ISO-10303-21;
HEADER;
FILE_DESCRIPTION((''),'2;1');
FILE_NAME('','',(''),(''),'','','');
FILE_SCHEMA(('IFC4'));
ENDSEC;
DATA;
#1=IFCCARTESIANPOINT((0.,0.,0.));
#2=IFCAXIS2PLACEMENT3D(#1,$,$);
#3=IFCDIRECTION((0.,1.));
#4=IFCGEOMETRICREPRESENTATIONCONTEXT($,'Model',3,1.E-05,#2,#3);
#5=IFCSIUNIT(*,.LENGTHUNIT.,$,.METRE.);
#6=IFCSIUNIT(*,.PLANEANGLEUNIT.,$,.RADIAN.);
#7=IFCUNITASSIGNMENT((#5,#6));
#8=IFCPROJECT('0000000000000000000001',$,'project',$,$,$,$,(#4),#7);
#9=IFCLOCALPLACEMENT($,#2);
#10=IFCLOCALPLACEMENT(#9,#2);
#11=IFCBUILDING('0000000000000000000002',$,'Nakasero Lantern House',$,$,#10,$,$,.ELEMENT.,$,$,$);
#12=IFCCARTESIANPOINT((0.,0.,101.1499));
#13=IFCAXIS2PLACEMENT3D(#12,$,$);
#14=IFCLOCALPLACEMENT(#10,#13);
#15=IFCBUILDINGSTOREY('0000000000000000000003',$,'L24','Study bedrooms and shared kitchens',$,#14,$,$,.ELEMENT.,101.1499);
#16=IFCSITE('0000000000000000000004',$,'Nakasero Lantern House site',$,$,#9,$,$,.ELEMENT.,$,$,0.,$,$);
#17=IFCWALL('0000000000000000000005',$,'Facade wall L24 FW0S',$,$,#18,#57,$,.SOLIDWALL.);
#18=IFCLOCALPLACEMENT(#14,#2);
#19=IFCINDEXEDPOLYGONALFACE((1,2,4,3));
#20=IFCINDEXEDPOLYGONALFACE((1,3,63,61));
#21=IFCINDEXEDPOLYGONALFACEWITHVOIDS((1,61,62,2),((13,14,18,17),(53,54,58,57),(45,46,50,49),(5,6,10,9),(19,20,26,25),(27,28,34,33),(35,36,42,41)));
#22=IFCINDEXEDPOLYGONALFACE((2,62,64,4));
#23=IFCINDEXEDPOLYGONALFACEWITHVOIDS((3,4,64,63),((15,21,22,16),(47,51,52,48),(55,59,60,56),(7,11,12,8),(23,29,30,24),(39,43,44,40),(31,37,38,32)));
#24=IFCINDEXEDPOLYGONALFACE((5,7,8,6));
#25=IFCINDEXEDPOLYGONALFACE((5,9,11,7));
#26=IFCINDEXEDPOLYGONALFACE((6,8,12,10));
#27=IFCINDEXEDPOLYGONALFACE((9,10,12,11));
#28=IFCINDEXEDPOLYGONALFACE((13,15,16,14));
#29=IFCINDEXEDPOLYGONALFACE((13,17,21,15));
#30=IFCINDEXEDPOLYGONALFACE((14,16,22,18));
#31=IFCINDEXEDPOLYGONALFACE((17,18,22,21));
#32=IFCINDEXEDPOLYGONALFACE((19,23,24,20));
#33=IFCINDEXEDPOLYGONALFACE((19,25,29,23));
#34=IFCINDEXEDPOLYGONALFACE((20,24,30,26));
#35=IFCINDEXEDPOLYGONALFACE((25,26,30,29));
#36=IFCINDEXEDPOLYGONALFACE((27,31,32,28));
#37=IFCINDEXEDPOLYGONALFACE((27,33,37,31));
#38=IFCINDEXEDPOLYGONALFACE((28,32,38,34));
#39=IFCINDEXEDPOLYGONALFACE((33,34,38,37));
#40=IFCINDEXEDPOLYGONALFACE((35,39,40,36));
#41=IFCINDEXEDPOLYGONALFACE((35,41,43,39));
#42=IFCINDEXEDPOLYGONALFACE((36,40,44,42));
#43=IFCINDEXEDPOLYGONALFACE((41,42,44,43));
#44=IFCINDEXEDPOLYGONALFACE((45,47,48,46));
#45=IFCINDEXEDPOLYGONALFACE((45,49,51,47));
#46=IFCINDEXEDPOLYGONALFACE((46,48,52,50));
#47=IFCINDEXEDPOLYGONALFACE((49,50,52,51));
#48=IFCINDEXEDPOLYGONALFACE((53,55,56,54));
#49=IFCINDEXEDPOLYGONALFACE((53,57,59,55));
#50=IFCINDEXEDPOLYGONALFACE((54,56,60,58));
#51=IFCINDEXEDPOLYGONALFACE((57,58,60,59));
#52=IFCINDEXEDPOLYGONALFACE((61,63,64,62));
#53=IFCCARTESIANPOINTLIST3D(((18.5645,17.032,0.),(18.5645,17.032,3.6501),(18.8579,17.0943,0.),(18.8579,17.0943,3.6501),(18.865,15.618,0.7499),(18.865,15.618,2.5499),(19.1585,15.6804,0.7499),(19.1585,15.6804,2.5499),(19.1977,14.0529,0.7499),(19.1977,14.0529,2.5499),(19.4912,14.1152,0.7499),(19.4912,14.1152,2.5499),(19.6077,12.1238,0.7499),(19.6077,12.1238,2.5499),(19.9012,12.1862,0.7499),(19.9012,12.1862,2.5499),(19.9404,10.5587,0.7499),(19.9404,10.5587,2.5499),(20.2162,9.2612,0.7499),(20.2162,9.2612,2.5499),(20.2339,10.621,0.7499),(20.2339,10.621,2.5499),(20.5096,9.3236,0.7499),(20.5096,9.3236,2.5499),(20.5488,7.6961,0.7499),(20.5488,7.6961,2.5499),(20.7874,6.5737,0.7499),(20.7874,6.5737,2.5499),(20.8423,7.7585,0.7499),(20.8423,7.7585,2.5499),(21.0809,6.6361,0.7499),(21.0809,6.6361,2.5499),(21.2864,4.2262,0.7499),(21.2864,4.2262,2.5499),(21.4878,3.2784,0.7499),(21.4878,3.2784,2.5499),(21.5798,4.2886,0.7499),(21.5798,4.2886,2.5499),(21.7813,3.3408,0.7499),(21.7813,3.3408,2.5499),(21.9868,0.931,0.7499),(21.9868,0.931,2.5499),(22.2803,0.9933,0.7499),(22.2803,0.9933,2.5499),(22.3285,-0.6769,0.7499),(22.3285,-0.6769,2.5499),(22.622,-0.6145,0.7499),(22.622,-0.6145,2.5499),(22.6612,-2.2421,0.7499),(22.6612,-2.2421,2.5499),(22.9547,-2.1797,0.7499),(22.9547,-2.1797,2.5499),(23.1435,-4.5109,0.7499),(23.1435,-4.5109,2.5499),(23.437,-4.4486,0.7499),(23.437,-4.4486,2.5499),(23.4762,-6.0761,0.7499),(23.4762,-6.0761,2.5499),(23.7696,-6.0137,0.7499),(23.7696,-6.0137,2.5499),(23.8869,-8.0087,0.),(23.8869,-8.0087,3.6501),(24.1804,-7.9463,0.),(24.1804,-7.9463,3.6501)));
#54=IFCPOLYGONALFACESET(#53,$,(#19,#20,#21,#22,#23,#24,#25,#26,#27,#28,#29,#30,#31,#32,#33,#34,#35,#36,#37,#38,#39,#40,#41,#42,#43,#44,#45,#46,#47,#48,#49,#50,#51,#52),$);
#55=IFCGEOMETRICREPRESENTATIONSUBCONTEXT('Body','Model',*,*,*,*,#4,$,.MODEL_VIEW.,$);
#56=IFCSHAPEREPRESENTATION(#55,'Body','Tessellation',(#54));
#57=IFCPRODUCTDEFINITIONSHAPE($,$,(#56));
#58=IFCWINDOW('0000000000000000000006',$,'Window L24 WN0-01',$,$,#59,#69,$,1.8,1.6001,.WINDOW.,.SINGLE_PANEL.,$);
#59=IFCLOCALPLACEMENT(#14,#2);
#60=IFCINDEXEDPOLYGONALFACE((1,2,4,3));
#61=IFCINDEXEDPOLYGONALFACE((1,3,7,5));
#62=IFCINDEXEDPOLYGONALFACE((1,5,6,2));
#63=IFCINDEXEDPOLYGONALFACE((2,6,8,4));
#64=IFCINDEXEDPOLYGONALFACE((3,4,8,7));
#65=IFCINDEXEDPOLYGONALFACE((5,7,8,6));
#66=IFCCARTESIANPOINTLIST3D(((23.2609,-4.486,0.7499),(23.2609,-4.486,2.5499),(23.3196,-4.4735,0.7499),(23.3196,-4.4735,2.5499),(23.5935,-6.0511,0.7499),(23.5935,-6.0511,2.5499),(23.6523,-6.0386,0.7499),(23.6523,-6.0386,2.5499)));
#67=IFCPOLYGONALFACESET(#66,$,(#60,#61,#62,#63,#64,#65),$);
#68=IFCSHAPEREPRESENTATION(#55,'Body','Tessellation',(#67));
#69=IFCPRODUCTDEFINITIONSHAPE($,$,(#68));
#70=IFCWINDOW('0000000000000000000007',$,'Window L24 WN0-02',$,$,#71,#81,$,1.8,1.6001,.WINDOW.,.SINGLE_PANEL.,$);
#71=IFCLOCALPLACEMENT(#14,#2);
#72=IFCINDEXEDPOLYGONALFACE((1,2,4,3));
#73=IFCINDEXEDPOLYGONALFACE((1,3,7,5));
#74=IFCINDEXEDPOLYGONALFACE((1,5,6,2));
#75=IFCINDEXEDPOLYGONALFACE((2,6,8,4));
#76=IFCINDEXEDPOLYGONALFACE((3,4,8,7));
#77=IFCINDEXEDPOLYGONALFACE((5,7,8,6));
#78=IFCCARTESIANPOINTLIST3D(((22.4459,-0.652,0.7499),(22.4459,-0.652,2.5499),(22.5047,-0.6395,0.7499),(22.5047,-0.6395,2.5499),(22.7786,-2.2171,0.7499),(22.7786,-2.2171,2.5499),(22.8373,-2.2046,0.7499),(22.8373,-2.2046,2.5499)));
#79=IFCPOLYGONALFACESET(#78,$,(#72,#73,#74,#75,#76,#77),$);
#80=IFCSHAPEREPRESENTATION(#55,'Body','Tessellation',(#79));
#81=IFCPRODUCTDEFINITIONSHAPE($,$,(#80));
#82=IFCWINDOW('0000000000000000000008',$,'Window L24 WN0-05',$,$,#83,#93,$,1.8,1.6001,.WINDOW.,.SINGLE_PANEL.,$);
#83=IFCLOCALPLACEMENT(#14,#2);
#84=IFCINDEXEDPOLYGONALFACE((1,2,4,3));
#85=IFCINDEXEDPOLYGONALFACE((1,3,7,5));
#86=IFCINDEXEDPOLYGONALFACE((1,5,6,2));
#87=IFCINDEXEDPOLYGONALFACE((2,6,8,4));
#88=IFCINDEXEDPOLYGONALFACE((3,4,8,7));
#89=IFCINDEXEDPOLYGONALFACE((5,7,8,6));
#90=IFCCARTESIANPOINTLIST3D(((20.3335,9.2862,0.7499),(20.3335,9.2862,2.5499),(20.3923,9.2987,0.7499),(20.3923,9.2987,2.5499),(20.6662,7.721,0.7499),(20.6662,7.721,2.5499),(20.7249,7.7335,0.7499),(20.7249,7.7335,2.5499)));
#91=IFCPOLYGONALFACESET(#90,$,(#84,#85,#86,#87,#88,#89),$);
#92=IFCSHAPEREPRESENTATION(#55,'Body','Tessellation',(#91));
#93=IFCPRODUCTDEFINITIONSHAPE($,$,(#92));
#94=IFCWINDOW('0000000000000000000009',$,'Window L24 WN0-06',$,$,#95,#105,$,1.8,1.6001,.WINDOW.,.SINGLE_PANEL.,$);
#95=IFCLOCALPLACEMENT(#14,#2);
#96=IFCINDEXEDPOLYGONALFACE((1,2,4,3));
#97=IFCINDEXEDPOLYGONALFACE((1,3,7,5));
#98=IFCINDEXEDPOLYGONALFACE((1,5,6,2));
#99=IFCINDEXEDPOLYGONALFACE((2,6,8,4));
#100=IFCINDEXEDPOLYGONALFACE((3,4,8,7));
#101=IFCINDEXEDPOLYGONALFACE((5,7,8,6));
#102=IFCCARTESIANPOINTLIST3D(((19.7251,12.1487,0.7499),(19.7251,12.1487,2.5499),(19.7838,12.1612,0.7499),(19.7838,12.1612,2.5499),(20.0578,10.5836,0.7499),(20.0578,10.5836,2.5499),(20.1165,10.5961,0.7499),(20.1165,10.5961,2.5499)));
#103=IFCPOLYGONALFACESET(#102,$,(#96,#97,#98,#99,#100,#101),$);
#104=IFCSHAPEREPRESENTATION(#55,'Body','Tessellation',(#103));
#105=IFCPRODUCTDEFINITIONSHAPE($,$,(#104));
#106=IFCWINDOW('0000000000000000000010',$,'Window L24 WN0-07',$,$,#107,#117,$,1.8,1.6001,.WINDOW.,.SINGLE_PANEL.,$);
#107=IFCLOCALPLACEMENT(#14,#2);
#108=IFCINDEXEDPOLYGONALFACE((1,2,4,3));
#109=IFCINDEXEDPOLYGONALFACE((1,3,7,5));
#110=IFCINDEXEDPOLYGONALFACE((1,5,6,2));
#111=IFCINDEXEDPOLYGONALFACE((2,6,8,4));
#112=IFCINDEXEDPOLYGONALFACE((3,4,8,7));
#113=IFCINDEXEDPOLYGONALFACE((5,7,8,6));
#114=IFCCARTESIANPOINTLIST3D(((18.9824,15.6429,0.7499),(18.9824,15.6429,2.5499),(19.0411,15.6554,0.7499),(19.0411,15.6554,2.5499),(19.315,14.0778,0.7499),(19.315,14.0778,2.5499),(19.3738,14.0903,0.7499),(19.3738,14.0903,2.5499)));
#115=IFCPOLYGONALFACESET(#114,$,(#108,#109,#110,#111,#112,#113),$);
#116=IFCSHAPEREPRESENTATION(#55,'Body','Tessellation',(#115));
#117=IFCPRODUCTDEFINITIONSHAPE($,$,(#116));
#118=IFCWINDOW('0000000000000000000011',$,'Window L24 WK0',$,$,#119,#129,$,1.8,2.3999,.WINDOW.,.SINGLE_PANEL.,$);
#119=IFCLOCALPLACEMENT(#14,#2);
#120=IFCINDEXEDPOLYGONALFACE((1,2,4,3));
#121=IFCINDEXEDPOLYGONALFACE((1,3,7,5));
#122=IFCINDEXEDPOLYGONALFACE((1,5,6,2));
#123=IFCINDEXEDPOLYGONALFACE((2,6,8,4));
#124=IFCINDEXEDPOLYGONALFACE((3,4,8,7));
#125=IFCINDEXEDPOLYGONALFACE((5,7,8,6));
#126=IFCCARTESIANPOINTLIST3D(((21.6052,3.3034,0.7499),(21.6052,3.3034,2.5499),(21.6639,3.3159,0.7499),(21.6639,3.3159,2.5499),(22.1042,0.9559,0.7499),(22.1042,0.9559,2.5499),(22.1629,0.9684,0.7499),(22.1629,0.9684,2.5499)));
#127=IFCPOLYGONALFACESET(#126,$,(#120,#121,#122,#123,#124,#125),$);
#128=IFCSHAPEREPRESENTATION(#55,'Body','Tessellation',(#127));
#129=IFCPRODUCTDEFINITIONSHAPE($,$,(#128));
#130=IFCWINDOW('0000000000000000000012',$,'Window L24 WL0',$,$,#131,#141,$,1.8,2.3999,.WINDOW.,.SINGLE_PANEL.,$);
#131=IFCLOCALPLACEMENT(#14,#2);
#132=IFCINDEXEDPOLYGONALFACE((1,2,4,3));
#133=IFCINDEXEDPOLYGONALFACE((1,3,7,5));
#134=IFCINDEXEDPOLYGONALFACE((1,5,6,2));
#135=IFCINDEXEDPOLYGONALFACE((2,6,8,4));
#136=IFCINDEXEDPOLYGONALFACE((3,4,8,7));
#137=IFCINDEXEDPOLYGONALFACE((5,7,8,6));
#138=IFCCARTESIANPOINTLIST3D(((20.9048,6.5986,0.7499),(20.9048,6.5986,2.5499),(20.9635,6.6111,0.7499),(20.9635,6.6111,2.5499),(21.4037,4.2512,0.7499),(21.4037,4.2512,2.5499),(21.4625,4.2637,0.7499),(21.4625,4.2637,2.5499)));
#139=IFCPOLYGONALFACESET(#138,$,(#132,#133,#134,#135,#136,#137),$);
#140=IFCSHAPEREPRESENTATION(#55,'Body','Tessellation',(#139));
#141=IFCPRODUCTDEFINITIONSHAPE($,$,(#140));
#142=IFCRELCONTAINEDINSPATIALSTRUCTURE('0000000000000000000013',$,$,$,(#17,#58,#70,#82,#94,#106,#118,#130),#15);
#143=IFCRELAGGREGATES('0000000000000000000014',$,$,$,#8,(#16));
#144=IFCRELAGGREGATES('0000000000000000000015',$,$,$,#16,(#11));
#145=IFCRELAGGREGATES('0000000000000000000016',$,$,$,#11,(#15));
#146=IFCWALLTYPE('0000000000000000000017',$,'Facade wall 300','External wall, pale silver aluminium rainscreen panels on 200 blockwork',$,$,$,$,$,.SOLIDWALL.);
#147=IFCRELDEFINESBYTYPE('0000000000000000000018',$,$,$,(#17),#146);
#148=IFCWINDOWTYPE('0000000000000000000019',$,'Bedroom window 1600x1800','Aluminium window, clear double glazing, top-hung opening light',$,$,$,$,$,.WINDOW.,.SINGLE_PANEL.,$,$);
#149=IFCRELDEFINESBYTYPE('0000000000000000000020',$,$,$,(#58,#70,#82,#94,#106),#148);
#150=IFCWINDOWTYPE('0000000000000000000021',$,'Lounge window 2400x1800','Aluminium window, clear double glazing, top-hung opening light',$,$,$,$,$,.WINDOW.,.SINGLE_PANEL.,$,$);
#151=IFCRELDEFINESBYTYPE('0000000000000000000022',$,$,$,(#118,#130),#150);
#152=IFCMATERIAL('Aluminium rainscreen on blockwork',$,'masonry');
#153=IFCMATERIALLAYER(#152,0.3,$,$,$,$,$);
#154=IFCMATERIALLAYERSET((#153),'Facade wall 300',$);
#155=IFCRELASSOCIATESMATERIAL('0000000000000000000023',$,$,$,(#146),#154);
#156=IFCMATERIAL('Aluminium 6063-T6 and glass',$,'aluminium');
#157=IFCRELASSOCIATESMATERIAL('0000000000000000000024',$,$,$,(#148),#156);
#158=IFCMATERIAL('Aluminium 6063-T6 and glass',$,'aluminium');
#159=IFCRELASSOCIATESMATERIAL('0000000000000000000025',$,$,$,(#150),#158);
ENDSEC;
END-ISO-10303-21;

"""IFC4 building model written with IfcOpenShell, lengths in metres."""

from ifc_helpers import new_model, si_unit, direction, frame, frame_2d, origin, place, context, subcontext, project, spatial, rectangle, extrude, material, layer, layer_set, type_object, element, fill, save


model = new_model("IFC4")

# Units and contexts
model_context = context("Model", 3, precision=1e-05, world=origin(), true_north=direction((0.0, 1.0)))
body_context = subcontext(model_context, "Body", "Model", "MODEL_VIEW")
ifc_project = project(units=[si_unit("LENGTHUNIT", "METRE"), si_unit("PLANEANGLEUNIT", "RADIAN")], contexts=[model_context])

# Site, building, storey
site_placement = place(None, origin())
site = spatial("IfcSite", under=ifc_project, at=site_placement, Name="Nakasero Lantern House site", CompositionType="ELEMENT", RefElevation=0.0)
building_placement = place(site_placement, origin())
building = spatial("IfcBuilding", under=site, at=building_placement, Name="Nakasero Lantern House", CompositionType="ELEMENT")
storey_placement = place(building_placement, frame((0.0, 0.0, 101.1499)))
storey = spatial("IfcBuildingStorey", under=building, at=storey_placement, Name="L24", Description="Study bedrooms and shared kitchens", CompositionType="ELEMENT", Elevation=101.1499)

# Wall, openings, windows
ifc_material_1 = material(Name="Aluminium rainscreen on blockwork", Category="masonry")
ifc_layer_1 = layer(ifc_material_1, 0.3)
ifc_layer_set_1 = layer_set([ifc_layer_1], Name="Facade wall 300")
wall_type_1 = type_object("IfcWallType", Name="Facade wall 300", Description="External wall, pale silver aluminium rainscreen panels on 200 blockwork", PredefinedType="SOLIDWALL", material=ifc_layer_set_1)
wall_1_placement = place(storey_placement, frame((24.0337, -7.9775, 0.0), z_axis=(0.0, 0.0, 1.0), x_axis=(-0.207909, 0.978148, 0.0)))
wall_1 = element("IfcWall", 1, at=wall_1_placement, inside=storey, type_object=wall_type_1, Name="Facade wall L24 FW0S", PredefinedType="SOLIDWALL", context=body_context, shape_type="SweptSolid", body=[
    extrude(rectangle(XDim=25.6001, YDim=0.3, at=frame_2d((12.8, 0.0))), origin(), (0.0, 0.0, 1.0), 3.6501),
])
opening_1_placement = place(wall_1_placement, frame((1.9758, 0.0, 0.75)))
opening_1 = element("IfcOpeningElement", 2, at=opening_1_placement, cuts=wall_1, PredefinedType="OPENING", context=body_context, shape_type="SweptSolid", body=[
    extrude(rectangle(XDim=1.6001, YDim=1.8, at=frame_2d((0.8, 0.8999))), frame((0.0, 0.1699, 0.0), z_axis=(0.0, -1.0, 0.0), x_axis=(1.0, 0.0, 0.0)), (0.0, 0.0, 1.0), 0.3401),
])
opening_2_placement = place(wall_1_placement, frame((5.8955, 0.0, 0.75)))
opening_2 = element("IfcOpeningElement", 3, at=opening_2_placement, cuts=wall_1, PredefinedType="OPENING", context=body_context, shape_type="SweptSolid", body=[
    extrude(rectangle(XDim=1.6001, YDim=1.8, at=frame_2d((0.8, 0.8999))), frame((0.0, 0.1699, 0.0), z_axis=(0.0, -1.0, 0.0), x_axis=(1.0, 0.0, 0.0)), (0.0, 0.0, 1.0), 0.3401),
])
opening_3_placement = place(wall_1_placement, frame((16.0557, 0.0, 0.75)))
opening_3 = element("IfcOpeningElement", 4, at=opening_3_placement, cuts=wall_1, PredefinedType="OPENING", context=body_context, shape_type="SweptSolid", body=[
    extrude(rectangle(XDim=1.6001, YDim=1.8, at=frame_2d((0.8, 0.8999))), frame((0.0, 0.1699, 0.0), z_axis=(0.0, -1.0, 0.0), x_axis=(1.0, 0.0, 0.0)), (0.0, 0.0, 1.0), 0.3401),
])
opening_4_placement = place(wall_1_placement, frame((18.9822, 0.0, 0.75)))
opening_4 = element("IfcOpeningElement", 5, at=opening_4_placement, cuts=wall_1, PredefinedType="OPENING", context=body_context, shape_type="SweptSolid", body=[
    extrude(rectangle(XDim=1.6001, YDim=1.8, at=frame_2d((0.8, 0.8999))), frame((0.0, 0.1699, 0.0), z_axis=(0.0, -1.0, 0.0), x_axis=(1.0, 0.0, 0.0)), (0.0, 0.0, 1.0), 0.3401),
])
opening_5_placement = place(wall_1_placement, frame((22.5544, 0.0, 0.75)))
opening_5 = element("IfcOpeningElement", 6, at=opening_5_placement, cuts=wall_1, PredefinedType="OPENING", context=body_context, shape_type="SweptSolid", body=[
    extrude(rectangle(XDim=1.6001, YDim=1.8, at=frame_2d((0.8, 0.8999))), frame((0.0, 0.1699, 0.0), z_axis=(0.0, -1.0, 0.0), x_axis=(1.0, 0.0, 0.0)), (0.0, 0.0, 1.0), 0.3401),
])
opening_6_placement = place(wall_1_placement, frame((9.1394, 0.0, 0.75)))
opening_6 = element("IfcOpeningElement", 7, at=opening_6_placement, cuts=wall_1, PredefinedType="OPENING", context=body_context, shape_type="SweptSolid", body=[
    extrude(rectangle(XDim=2.3999, YDim=1.8, at=frame_2d((1.2, 0.8999))), frame((0.0, 0.1699, 0.0), z_axis=(0.0, -1.0, 0.0), x_axis=(1.0, 0.0, 0.0)), (0.0, 0.0, 1.0), 0.3401),
])
opening_7_placement = place(wall_1_placement, frame((12.5083, 0.0, 0.75)))
opening_7 = element("IfcOpeningElement", 8, at=opening_7_placement, cuts=wall_1, PredefinedType="OPENING", context=body_context, shape_type="SweptSolid", body=[
    extrude(rectangle(XDim=2.3999, YDim=1.8, at=frame_2d((1.2, 0.8999))), frame((0.0, 0.1699, 0.0), z_axis=(0.0, -1.0, 0.0), x_axis=(1.0, 0.0, 0.0)), (0.0, 0.0, 1.0), 0.3401),
])
ifc_material_2 = material(Name="Aluminium 6063-T6 and glass", Category="aluminium")
window_type_1 = type_object("IfcWindowType", Name="Bedroom window 1600x1800", Description="Aluminium window, clear double glazing, top-hung opening light", PartitioningType="SINGLE_PANEL", PredefinedType="WINDOW", material=ifc_material_2)
window_1_placement = place(opening_1_placement, origin())
window_1 = element("IfcWindow", 9, at=window_1_placement, inside=storey, type_object=window_type_1, Name="Window L24 WN0-01", OverallHeight=1.8, OverallWidth=1.6001, PartitioningType="SINGLE_PANEL", PredefinedType="WINDOW", context=body_context, shape_type="SweptSolid", body=[
    extrude(rectangle(XDim=1.6001, YDim=1.8, at=frame_2d((0.8, 0.8999))), frame((0.0, 0.03, 0.0), z_axis=(0.0, -1.0, 0.0), x_axis=(1.0, 0.0, 0.0)), (0.0, 0.0, 1.0), 0.0601),
])
fill(opening_1, window_1)
window_2_placement = place(opening_2_placement, origin())
window_2 = element("IfcWindow", 10, at=window_2_placement, inside=storey, type_object=window_type_1, Name="Window L24 WN0-02", OverallHeight=1.8, OverallWidth=1.6001, PartitioningType="SINGLE_PANEL", PredefinedType="WINDOW", context=body_context, shape_type="SweptSolid", body=[
    extrude(rectangle(XDim=1.6001, YDim=1.8, at=frame_2d((0.8, 0.8999))), frame((0.0, 0.03, 0.0), z_axis=(0.0, -1.0, 0.0), x_axis=(1.0, 0.0, 0.0)), (0.0, 0.0, 1.0), 0.0601),
])
fill(opening_2, window_2)
window_3_placement = place(opening_3_placement, origin())
window_3 = element("IfcWindow", 11, at=window_3_placement, inside=storey, type_object=window_type_1, Name="Window L24 WN0-05", OverallHeight=1.8, OverallWidth=1.6001, PartitioningType="SINGLE_PANEL", PredefinedType="WINDOW", context=body_context, shape_type="SweptSolid", body=[
    extrude(rectangle(XDim=1.6001, YDim=1.8, at=frame_2d((0.8, 0.8999))), frame((0.0, 0.03, 0.0), z_axis=(0.0, -1.0, 0.0), x_axis=(1.0, 0.0, 0.0)), (0.0, 0.0, 1.0), 0.0601),
])
fill(opening_3, window_3)
window_4_placement = place(opening_4_placement, origin())
window_4 = element("IfcWindow", 12, at=window_4_placement, inside=storey, type_object=window_type_1, Name="Window L24 WN0-06", OverallHeight=1.8, OverallWidth=1.6001, PartitioningType="SINGLE_PANEL", PredefinedType="WINDOW", context=body_context, shape_type="SweptSolid", body=[
    extrude(rectangle(XDim=1.6001, YDim=1.8, at=frame_2d((0.8, 0.8999))), frame((0.0, 0.03, 0.0), z_axis=(0.0, -1.0, 0.0), x_axis=(1.0, 0.0, 0.0)), (0.0, 0.0, 1.0), 0.0601),
])
fill(opening_4, window_4)
window_5_placement = place(opening_5_placement, origin())
window_5 = element("IfcWindow", 13, at=window_5_placement, inside=storey, type_object=window_type_1, Name="Window L24 WN0-07", OverallHeight=1.8, OverallWidth=1.6001, PartitioningType="SINGLE_PANEL", PredefinedType="WINDOW", context=body_context, shape_type="SweptSolid", body=[
    extrude(rectangle(XDim=1.6001, YDim=1.8, at=frame_2d((0.8, 0.8999))), frame((0.0, 0.03, 0.0), z_axis=(0.0, -1.0, 0.0), x_axis=(1.0, 0.0, 0.0)), (0.0, 0.0, 1.0), 0.0601),
])
fill(opening_5, window_5)
ifc_material_3 = material(Name="Aluminium 6063-T6 and glass", Category="aluminium")
window_type_2 = type_object("IfcWindowType", Name="Lounge window 2400x1800", Description="Aluminium window, clear double glazing, top-hung opening light", PartitioningType="SINGLE_PANEL", PredefinedType="WINDOW", material=ifc_material_3)
window_6_placement = place(opening_6_placement, origin())
window_6 = element("IfcWindow", 14, at=window_6_placement, inside=storey, type_object=window_type_2, Name="Window L24 WK0", OverallHeight=1.8, OverallWidth=2.3999, PartitioningType="SINGLE_PANEL", PredefinedType="WINDOW", context=body_context, shape_type="SweptSolid", body=[
    extrude(rectangle(XDim=2.3999, YDim=1.8, at=frame_2d((1.2, 0.8999))), frame((0.0, 0.03, 0.0), z_axis=(0.0, -1.0, 0.0), x_axis=(1.0, 0.0, 0.0)), (0.0, 0.0, 1.0), 0.0601),
])
fill(opening_6, window_6)
window_7_placement = place(opening_7_placement, origin())
window_7 = element("IfcWindow", 15, at=window_7_placement, inside=storey, type_object=window_type_2, Name="Window L24 WL0", OverallHeight=1.8, OverallWidth=2.3999, PartitioningType="SINGLE_PANEL", PredefinedType="WINDOW", context=body_context, shape_type="SweptSolid", body=[
    extrude(rectangle(XDim=2.3999, YDim=1.8, at=frame_2d((1.2, 0.8999))), frame((0.0, 0.03, 0.0), z_axis=(0.0, -1.0, 0.0), x_axis=(1.0, 0.0, 0.0)), (0.0, 0.0, 1.0), 0.0601),
])
fill(opening_7, window_7)

save(model, "model.ifc")
